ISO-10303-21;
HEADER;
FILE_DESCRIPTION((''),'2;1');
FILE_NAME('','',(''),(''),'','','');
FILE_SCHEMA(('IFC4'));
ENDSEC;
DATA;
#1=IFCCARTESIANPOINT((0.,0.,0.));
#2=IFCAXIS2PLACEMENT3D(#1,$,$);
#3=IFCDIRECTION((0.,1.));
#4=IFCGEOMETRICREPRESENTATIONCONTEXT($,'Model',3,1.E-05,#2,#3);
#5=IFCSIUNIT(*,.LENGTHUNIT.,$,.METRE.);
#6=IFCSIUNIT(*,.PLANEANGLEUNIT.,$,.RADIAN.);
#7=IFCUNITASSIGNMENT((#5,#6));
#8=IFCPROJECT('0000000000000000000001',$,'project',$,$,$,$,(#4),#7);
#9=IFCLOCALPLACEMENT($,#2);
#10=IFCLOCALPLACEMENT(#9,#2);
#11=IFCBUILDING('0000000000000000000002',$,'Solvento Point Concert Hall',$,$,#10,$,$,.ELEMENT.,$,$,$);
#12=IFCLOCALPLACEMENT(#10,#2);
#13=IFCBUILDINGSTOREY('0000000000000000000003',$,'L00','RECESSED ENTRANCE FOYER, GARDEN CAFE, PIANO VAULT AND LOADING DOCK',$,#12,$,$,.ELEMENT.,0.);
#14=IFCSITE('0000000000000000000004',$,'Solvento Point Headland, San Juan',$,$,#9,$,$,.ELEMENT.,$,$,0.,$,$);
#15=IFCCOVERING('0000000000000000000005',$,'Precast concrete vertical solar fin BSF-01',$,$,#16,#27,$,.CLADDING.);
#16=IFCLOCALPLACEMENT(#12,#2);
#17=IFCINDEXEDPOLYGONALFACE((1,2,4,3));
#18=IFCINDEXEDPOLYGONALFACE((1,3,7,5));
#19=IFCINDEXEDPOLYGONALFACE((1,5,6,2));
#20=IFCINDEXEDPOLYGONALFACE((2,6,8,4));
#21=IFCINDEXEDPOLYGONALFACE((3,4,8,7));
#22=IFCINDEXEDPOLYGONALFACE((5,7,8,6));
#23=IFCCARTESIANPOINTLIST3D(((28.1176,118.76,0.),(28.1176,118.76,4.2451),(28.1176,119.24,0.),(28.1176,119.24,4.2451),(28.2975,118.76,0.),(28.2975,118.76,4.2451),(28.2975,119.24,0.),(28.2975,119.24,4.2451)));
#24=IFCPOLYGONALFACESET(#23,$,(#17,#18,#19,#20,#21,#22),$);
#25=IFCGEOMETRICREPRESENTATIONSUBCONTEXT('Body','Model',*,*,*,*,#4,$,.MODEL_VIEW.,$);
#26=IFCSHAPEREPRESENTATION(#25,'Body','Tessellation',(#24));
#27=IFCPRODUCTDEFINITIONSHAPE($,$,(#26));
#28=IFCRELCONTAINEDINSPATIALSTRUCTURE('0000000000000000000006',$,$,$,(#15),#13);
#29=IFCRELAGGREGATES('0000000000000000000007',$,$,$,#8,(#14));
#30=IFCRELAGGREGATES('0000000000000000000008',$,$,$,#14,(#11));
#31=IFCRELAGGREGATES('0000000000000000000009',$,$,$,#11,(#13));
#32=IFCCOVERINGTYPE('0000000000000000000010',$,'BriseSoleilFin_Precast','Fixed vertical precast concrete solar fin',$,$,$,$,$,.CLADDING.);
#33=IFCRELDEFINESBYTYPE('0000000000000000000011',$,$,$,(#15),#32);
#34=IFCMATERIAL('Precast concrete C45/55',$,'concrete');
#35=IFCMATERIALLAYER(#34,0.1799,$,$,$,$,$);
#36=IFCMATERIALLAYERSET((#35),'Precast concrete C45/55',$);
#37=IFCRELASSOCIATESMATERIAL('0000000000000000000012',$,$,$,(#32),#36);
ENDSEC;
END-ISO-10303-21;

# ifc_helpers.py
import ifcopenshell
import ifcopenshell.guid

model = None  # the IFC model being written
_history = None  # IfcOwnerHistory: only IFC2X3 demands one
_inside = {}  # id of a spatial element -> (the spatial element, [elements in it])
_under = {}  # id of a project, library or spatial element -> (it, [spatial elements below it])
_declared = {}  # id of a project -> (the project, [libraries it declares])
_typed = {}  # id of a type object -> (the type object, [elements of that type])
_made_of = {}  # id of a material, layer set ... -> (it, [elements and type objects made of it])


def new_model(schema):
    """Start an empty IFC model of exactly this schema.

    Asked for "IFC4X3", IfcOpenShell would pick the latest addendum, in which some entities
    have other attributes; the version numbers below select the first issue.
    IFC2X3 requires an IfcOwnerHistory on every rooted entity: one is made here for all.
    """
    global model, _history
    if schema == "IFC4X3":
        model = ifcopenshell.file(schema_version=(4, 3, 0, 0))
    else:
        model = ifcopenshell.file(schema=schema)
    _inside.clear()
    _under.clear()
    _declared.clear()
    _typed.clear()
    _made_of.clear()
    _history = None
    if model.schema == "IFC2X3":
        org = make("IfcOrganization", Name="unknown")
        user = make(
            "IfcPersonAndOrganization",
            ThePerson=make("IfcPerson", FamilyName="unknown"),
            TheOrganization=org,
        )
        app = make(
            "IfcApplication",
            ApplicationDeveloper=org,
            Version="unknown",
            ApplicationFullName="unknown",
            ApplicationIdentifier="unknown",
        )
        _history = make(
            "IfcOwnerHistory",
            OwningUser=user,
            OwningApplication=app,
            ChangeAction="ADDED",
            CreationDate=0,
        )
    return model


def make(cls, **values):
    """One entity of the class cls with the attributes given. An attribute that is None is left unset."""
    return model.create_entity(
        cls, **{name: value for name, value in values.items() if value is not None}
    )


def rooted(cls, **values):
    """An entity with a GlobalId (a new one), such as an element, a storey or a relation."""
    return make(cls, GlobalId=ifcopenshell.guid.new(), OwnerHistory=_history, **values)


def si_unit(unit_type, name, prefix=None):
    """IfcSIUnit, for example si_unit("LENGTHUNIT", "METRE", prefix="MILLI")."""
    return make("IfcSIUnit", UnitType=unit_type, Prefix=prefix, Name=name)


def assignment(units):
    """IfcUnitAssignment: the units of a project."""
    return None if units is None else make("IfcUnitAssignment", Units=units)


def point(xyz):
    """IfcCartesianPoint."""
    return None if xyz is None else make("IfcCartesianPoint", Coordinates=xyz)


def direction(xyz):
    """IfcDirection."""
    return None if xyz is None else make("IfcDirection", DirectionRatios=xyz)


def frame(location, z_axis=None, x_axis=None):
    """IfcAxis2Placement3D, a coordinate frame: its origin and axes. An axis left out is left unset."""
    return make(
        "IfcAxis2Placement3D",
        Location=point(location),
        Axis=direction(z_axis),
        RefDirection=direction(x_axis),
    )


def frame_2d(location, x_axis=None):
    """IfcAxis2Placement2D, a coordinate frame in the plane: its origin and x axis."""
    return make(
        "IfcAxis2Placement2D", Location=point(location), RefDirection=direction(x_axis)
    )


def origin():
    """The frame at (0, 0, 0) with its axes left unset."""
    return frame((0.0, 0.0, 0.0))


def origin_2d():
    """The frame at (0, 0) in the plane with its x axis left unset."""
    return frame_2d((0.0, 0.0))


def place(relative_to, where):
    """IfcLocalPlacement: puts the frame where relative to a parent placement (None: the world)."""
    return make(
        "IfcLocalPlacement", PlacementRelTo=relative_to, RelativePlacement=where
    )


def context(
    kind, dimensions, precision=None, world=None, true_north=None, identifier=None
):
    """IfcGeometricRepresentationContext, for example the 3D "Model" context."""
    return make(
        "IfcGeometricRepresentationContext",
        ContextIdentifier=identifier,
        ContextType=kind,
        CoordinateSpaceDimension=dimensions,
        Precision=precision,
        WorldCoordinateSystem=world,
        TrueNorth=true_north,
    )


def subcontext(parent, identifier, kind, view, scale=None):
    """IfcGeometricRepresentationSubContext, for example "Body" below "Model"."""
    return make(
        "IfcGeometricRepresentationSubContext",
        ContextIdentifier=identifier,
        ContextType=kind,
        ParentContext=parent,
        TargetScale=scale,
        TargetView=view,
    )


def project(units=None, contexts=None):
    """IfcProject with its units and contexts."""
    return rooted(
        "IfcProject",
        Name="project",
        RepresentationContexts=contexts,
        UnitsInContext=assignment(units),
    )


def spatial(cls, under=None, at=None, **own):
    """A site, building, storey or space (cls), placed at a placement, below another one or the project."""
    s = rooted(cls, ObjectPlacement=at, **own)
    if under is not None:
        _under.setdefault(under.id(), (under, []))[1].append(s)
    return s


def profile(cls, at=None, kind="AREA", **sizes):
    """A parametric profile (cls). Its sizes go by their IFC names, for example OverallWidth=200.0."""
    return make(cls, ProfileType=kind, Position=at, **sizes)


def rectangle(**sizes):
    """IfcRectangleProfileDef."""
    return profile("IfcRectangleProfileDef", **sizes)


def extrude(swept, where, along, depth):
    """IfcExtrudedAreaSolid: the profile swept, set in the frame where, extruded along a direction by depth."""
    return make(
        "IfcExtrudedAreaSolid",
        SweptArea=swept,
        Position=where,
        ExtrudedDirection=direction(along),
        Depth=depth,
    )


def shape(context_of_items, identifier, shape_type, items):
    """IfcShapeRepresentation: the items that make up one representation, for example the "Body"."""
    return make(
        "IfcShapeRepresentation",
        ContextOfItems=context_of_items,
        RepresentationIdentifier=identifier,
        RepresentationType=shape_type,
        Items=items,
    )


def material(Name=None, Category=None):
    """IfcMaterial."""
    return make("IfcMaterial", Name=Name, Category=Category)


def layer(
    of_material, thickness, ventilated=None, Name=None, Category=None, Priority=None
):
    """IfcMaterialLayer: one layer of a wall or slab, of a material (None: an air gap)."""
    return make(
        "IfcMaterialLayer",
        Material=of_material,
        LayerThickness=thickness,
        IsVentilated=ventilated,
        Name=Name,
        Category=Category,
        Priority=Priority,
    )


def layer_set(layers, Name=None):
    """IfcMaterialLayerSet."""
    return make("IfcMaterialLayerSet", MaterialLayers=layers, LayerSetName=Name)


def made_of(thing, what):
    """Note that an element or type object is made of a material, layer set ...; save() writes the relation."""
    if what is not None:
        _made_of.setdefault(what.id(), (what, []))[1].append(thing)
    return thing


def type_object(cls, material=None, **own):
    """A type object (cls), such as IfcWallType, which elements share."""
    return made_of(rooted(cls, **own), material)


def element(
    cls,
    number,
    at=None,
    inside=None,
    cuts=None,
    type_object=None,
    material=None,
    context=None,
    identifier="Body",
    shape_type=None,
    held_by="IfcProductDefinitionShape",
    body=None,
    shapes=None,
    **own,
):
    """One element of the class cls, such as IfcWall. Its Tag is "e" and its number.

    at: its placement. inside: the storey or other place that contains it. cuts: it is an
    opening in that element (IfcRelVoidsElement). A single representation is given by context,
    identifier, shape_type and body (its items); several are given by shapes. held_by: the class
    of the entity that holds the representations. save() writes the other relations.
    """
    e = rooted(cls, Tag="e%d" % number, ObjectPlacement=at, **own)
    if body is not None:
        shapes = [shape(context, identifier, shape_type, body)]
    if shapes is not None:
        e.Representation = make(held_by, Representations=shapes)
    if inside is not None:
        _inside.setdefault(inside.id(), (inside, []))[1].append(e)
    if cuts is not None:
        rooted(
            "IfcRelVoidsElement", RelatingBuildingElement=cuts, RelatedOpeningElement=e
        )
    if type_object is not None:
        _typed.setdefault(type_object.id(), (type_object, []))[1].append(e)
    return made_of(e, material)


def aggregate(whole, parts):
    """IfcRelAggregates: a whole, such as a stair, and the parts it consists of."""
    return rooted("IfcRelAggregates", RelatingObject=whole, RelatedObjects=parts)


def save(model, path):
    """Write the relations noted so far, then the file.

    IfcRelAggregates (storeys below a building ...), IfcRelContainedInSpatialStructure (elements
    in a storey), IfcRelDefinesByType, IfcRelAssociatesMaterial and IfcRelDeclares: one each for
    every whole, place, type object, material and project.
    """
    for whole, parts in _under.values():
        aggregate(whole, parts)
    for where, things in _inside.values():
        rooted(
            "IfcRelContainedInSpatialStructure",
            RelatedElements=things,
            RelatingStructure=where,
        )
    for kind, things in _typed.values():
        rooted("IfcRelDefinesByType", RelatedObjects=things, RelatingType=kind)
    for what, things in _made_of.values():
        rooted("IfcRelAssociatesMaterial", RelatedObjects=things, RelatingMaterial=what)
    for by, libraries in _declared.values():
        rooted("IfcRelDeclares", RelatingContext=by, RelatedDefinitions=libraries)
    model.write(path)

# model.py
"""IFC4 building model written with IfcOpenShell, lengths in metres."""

from ifc_helpers import new_model, si_unit, direction, frame, origin, origin_2d, place, context, subcontext, project, spatial, rectangle, extrude, material, layer, layer_set, type_object, element, save


model = new_model("IFC4")

# Units and contexts
model_context = context("Model", 3, precision=1e-05, world=origin(), true_north=direction((0.0, 1.0)))
body_context = subcontext(model_context, "Body", "Model", "MODEL_VIEW")
ifc_project = project(units=[si_unit("LENGTHUNIT", "METRE"), si_unit("PLANEANGLEUNIT", "RADIAN")], contexts=[model_context])

# Site, building, storey
site_placement = place(None, origin())
site = spatial("IfcSite", under=ifc_project, at=site_placement, Name="Solvento Point Headland, San Juan", CompositionType="ELEMENT", RefElevation=0.0)
building_placement = place(site_placement, origin())
building = spatial("IfcBuilding", under=site, at=building_placement, Name="Solvento Point Concert Hall", CompositionType="ELEMENT")
storey_placement = place(building_placement, origin())
storey = spatial("IfcBuildingStorey", under=building, at=storey_placement, Name="L00", Description="RECESSED ENTRANCE FOYER, GARDEN CAFE, PIANO VAULT AND LOADING DOCK", CompositionType="ELEMENT", Elevation=0.0)

# Covering
ifc_material_1 = material(Name="Precast concrete C45/55", Category="concrete")
ifc_layer_1 = layer(ifc_material_1, 0.1799)
ifc_layer_set_1 = layer_set([ifc_layer_1], Name="Precast concrete C45/55")
covering_type = type_object("IfcCoveringType", Name="BriseSoleilFin_Precast", Description="Fixed vertical precast concrete solar fin", PredefinedType="CLADDING", material=ifc_layer_set_1)
covering_placement = place(storey_placement, frame((28.2075, 119.0, 0.0), z_axis=(0.0, 0.0, 1.0), x_axis=(1.0, 0.0, 0.0)))
element("IfcCovering", 1, at=covering_placement, inside=storey, type_object=covering_type, Name="Precast concrete vertical solar fin BSF-01", PredefinedType="CLADDING", context=body_context, shape_type="SweptSolid", body=[
    extrude(rectangle(XDim=0.1799, YDim=0.48, at=origin_2d()), origin(), (0.0, 0.0, 1.0), 4.2451),
])

save(model, "model.ifc")
